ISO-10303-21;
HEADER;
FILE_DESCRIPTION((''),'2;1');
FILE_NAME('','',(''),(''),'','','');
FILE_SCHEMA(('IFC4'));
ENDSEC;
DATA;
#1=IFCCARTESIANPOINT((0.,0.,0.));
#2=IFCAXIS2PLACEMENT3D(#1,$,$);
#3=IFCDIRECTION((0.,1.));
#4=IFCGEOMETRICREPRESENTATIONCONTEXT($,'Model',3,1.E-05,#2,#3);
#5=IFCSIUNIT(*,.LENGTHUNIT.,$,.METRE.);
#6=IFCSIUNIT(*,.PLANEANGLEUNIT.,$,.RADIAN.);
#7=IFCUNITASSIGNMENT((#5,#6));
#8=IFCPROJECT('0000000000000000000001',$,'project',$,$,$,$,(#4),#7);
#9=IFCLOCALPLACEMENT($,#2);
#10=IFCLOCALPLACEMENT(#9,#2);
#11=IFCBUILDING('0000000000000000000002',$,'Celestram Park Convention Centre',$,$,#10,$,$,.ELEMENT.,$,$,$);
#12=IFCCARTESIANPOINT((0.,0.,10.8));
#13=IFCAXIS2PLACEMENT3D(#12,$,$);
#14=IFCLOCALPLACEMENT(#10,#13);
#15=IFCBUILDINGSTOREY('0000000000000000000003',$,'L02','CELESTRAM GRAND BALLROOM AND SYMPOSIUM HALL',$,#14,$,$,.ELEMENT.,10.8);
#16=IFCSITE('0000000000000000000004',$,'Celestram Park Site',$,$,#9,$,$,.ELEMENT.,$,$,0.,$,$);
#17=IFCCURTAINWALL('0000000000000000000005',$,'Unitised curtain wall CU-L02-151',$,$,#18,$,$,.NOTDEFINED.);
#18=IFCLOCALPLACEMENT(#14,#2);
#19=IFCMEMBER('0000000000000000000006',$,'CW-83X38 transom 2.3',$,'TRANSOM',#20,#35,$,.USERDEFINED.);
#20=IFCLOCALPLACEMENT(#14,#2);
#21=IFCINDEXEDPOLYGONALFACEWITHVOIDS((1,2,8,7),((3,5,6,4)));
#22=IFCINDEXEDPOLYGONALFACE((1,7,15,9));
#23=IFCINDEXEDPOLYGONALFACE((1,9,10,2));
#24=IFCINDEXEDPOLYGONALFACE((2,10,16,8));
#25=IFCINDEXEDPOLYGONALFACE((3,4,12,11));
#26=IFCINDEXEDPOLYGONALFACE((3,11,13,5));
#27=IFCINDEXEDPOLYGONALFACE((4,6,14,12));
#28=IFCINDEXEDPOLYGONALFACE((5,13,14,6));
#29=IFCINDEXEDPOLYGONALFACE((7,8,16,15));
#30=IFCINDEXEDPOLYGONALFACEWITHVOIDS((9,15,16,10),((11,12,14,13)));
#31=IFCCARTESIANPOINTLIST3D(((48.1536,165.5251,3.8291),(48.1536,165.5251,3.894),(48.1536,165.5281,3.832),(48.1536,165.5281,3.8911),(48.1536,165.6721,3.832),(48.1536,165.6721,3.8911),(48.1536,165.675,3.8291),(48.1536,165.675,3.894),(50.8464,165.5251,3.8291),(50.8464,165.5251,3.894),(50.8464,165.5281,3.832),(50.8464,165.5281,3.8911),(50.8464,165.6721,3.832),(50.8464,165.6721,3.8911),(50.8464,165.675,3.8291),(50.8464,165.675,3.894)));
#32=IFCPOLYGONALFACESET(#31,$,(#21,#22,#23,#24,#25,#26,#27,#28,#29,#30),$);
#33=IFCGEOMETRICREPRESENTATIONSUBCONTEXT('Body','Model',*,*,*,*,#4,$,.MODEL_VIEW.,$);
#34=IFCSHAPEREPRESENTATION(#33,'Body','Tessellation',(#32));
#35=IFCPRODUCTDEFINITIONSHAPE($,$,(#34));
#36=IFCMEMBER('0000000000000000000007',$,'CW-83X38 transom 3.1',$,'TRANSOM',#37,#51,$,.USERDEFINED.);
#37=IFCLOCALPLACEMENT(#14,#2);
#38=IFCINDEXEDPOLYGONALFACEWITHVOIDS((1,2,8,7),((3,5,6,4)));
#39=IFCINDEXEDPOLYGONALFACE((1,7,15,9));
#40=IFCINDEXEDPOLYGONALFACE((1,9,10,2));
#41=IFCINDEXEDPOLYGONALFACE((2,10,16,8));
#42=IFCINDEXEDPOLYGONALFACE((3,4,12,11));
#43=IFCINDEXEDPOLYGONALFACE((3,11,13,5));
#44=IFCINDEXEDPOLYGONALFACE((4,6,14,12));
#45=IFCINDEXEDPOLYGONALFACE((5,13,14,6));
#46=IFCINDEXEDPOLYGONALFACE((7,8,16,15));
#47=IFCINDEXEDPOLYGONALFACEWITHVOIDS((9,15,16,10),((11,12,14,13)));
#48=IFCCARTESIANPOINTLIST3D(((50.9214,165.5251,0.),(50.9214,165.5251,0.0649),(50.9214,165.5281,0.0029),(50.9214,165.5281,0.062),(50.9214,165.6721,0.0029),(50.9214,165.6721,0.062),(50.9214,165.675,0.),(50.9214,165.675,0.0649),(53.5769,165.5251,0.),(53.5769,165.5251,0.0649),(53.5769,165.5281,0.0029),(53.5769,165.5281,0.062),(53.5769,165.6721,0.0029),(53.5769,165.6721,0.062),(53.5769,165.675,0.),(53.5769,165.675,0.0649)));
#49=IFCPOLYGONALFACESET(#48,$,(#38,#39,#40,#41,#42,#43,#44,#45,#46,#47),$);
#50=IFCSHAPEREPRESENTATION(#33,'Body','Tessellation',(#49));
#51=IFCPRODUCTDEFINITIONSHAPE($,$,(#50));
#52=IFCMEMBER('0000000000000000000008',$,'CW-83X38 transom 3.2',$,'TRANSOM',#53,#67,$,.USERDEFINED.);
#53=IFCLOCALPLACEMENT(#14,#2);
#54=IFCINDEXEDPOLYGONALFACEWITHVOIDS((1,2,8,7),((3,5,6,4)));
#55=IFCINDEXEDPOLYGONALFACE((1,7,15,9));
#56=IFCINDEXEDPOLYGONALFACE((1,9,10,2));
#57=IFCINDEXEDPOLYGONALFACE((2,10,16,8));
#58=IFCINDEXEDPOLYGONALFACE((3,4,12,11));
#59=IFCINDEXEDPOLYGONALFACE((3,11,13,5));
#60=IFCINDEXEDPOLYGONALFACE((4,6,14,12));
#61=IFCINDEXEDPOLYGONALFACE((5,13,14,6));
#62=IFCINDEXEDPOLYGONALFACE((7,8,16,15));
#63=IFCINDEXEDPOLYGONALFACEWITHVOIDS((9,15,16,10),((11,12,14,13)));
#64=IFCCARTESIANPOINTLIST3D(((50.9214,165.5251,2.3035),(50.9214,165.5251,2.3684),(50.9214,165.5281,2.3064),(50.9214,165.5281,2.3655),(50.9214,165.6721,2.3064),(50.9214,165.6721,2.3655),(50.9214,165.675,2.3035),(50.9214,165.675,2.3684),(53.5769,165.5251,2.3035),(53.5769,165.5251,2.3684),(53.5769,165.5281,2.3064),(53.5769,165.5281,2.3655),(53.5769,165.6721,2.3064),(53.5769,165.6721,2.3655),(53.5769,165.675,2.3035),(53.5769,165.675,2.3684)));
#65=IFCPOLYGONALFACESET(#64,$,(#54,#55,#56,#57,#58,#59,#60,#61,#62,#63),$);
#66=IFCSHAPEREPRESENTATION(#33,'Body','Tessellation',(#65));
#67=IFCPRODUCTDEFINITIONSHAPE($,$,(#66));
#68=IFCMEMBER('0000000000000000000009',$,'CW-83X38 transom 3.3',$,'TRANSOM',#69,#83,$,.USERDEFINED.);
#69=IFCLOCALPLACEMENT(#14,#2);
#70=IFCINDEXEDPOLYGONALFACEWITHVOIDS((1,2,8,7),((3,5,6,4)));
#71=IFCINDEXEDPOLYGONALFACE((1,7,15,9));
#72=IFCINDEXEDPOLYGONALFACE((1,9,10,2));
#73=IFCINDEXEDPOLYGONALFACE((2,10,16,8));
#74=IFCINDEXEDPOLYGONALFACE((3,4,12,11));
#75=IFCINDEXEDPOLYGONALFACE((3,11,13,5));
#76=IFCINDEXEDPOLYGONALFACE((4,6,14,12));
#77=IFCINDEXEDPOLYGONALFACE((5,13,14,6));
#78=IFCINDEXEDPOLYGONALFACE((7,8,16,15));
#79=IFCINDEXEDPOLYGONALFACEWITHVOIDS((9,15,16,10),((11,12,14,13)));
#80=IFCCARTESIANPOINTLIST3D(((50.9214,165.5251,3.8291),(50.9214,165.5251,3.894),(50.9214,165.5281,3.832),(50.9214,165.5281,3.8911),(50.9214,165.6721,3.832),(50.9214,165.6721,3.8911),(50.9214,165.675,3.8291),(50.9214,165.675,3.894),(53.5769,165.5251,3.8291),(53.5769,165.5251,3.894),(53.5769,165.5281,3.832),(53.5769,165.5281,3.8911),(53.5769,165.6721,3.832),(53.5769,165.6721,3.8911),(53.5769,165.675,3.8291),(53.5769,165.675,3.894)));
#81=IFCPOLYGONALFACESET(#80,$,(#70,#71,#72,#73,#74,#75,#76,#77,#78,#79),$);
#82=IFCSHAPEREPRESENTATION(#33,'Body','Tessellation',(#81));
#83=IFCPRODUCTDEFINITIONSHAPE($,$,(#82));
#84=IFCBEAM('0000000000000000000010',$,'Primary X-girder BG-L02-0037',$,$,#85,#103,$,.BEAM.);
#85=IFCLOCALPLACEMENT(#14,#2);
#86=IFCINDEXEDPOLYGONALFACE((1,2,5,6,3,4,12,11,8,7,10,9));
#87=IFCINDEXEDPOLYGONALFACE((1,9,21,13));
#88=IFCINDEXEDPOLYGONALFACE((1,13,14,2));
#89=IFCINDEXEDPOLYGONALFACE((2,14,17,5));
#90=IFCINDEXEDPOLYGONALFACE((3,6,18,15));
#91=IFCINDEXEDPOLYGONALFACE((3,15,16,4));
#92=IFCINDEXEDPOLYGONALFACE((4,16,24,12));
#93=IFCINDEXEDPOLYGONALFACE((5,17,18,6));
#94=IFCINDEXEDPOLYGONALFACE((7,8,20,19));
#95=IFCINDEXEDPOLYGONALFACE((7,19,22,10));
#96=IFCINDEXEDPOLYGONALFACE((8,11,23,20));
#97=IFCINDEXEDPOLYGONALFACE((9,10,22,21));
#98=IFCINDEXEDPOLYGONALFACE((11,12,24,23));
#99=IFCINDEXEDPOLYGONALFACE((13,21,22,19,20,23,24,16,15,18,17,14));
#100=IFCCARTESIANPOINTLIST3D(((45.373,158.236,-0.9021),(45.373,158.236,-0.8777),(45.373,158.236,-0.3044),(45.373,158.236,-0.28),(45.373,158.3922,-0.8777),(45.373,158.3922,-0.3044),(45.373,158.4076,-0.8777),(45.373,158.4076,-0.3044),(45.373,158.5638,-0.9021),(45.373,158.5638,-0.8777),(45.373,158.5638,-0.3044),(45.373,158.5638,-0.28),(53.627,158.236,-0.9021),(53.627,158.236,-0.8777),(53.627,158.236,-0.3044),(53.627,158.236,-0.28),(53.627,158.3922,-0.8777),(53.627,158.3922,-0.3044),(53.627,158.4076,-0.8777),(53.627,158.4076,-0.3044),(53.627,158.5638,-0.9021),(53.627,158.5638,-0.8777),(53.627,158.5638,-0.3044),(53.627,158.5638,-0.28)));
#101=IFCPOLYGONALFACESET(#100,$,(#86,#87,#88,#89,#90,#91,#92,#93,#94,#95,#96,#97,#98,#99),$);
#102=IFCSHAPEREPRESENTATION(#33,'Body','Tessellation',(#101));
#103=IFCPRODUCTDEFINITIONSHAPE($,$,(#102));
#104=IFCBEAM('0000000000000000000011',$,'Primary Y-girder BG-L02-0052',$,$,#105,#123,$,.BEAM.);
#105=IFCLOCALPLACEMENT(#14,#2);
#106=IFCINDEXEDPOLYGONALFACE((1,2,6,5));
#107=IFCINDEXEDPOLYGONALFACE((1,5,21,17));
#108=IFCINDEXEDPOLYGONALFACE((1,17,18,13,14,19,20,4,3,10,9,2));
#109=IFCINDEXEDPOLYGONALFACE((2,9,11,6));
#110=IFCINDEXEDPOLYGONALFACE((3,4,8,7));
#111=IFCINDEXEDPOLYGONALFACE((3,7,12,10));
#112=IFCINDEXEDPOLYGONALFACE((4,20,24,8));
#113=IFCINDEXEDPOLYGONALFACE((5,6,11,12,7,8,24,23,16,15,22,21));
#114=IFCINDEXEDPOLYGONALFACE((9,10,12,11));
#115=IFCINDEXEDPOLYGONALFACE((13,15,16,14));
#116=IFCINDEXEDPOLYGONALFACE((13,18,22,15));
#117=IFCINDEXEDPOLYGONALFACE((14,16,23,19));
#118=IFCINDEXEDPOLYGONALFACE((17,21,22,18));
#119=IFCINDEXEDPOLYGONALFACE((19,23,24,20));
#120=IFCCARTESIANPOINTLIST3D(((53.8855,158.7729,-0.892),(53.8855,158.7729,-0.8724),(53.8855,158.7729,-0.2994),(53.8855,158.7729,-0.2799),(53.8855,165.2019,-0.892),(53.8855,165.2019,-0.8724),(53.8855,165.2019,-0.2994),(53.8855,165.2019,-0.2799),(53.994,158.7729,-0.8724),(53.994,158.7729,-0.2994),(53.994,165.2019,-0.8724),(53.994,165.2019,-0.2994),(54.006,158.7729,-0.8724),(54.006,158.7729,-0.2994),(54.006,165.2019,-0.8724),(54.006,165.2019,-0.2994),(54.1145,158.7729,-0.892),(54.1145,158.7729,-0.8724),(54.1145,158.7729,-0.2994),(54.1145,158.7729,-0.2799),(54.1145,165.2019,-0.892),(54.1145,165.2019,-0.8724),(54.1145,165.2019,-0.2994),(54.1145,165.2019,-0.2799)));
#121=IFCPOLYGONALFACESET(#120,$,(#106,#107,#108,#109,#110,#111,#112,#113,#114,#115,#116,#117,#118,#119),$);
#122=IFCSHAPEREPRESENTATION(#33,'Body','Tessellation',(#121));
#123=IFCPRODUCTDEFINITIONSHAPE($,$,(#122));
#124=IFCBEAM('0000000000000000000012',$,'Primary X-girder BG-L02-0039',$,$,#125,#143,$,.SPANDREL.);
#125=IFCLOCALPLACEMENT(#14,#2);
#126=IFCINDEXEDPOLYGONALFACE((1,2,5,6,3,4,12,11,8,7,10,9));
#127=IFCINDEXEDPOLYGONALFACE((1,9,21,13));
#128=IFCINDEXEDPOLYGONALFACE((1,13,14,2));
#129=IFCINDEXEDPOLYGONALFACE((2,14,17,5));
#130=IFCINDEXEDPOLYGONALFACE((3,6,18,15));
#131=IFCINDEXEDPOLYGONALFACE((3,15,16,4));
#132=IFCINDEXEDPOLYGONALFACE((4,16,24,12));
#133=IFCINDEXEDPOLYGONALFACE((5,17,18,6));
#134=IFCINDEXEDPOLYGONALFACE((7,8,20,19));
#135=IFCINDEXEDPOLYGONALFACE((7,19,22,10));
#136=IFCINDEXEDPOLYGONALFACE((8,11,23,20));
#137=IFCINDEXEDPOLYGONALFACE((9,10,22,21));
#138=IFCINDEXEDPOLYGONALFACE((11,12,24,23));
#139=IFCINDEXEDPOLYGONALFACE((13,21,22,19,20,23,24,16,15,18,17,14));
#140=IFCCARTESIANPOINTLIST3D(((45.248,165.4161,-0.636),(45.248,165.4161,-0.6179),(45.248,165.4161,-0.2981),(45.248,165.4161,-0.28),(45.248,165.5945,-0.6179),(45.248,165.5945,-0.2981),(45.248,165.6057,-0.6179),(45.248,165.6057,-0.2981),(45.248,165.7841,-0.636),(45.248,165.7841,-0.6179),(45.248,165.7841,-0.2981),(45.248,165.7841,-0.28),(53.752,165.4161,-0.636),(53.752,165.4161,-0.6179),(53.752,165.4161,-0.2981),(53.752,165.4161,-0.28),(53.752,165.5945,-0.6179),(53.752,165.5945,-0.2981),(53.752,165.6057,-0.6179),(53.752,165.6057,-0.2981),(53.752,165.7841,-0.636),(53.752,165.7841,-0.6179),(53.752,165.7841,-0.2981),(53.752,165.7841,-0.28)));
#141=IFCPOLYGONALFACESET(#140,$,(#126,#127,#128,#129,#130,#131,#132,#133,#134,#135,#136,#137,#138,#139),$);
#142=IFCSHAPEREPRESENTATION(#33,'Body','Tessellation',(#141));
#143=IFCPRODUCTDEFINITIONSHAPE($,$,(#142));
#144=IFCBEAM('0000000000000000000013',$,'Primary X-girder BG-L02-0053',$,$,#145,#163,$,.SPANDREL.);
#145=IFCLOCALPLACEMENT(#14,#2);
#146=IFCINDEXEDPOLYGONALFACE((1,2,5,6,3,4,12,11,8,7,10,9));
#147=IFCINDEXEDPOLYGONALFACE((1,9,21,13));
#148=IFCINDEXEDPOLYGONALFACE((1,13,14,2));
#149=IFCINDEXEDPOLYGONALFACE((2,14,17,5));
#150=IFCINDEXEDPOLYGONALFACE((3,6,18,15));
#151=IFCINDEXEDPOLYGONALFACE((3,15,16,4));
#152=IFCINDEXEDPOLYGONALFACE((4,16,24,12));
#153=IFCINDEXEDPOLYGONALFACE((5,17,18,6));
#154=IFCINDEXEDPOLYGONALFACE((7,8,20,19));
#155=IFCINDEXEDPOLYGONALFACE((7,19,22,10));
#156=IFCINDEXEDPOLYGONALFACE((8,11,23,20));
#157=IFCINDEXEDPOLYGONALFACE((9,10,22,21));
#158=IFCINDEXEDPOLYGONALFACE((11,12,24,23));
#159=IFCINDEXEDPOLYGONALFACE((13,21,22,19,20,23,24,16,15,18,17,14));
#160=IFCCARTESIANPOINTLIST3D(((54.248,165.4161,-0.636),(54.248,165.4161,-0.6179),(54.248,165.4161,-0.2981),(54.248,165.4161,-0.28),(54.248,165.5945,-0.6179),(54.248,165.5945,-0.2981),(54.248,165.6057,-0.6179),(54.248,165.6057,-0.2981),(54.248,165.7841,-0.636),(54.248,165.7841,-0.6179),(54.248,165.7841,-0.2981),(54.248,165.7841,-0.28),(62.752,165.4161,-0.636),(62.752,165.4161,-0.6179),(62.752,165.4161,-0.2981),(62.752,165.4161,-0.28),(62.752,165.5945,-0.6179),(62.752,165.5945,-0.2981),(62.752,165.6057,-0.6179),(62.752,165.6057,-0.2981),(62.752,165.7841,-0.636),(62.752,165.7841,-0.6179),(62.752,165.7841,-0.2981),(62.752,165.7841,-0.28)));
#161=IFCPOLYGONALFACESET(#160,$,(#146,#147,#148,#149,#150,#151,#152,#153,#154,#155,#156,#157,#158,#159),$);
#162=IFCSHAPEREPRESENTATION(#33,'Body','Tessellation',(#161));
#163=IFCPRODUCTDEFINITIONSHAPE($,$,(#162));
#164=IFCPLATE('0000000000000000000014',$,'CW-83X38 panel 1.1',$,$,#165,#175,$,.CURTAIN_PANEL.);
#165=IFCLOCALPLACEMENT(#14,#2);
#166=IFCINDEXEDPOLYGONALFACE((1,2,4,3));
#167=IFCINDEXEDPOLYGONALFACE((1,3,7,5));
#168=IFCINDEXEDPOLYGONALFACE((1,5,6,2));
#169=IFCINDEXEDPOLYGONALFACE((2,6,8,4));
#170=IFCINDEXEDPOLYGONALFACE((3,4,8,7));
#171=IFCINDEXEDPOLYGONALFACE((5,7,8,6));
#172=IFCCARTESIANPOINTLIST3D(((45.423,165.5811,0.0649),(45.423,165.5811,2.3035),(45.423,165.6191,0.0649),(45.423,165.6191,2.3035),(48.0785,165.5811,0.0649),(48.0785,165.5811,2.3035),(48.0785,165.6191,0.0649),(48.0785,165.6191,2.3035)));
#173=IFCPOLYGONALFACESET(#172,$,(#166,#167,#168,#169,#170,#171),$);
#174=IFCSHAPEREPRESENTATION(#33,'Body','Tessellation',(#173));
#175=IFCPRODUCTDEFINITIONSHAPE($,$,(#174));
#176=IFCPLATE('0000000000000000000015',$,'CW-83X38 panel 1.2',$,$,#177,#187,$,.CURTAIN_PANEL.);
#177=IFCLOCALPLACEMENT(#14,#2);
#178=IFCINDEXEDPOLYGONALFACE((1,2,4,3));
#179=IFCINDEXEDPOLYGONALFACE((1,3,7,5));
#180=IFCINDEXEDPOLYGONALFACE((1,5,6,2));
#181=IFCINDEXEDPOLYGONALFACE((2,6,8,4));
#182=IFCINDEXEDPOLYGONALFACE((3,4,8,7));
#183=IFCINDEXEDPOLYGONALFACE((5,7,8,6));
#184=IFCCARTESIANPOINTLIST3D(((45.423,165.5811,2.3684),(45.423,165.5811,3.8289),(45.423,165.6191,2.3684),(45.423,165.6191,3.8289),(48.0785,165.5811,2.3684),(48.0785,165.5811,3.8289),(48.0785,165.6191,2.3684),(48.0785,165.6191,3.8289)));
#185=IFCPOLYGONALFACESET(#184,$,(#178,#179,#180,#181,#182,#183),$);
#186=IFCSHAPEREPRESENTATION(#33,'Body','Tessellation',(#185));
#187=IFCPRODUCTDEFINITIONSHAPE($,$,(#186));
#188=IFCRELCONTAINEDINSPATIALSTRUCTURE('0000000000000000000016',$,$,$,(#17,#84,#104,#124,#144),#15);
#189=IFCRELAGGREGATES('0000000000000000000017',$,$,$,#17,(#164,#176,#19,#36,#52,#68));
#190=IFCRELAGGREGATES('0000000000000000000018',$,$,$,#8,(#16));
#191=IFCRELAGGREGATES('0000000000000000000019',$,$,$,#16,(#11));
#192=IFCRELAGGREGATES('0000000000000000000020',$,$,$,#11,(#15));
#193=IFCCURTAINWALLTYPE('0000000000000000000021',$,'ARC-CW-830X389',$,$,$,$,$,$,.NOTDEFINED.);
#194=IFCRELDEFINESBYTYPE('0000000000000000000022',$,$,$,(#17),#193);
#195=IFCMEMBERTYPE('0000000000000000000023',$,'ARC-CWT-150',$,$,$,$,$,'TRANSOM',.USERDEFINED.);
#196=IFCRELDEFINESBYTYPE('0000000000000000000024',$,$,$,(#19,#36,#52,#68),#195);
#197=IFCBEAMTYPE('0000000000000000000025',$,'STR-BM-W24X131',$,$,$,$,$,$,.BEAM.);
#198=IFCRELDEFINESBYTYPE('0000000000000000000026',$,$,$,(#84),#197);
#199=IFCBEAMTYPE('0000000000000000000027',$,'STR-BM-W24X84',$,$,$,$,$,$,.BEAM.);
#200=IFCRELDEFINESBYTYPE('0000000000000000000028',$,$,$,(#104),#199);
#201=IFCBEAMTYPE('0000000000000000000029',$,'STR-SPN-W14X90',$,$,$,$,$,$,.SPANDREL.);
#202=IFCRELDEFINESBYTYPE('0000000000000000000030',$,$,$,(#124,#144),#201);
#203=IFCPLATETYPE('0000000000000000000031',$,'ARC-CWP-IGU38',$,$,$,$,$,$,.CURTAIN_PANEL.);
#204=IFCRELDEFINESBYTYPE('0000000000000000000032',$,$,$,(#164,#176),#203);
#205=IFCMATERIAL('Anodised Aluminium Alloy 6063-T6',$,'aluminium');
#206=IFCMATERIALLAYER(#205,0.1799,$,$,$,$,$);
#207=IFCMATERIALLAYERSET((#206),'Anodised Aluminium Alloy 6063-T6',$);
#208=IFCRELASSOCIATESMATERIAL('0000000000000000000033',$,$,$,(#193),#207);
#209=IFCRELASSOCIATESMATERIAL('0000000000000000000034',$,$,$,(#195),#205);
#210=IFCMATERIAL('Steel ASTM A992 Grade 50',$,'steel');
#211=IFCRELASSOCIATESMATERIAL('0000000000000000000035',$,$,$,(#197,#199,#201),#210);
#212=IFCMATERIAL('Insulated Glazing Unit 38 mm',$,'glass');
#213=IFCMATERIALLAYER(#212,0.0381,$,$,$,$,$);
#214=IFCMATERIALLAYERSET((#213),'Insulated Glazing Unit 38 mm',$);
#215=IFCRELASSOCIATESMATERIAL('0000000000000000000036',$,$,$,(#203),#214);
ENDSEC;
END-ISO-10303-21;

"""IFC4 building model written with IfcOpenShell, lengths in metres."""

from ifc_helpers import new_model, si_unit, direction, frame, origin, origin_2d, place, context, subcontext, project, spatial, rectangle, hollow_rectangle, i_section, extrude, material, layer, layer_set, material_profile, profile_set, type_object, element, aggregate, save


model = new_model("IFC4")

# Units and contexts
model_context = context("Model", 3, precision=1e-05, world=origin(), true_north=direction((0.0, 1.0)))
body_context = subcontext(model_context, "Body", "Model", "MODEL_VIEW")
ifc_project = project(units=[si_unit("LENGTHUNIT", "METRE"), si_unit("PLANEANGLEUNIT", "RADIAN")], contexts=[model_context])

# Site, building, storey
site_placement = place(None, origin())
site = spatial("IfcSite", under=ifc_project, at=site_placement, Name="Celestram Park Site", CompositionType="ELEMENT", RefElevation=0.0)
building_placement = place(site_placement, origin())
building = spatial("IfcBuilding", under=site, at=building_placement, Name="Celestram Park Convention Centre", CompositionType="ELEMENT")
storey_placement = place(building_placement, frame((0.0, 0.0, 10.8)))
storey = spatial("IfcBuildingStorey", under=building, at=storey_placement, Name="L02", Description="CELESTRAM GRAND BALLROOM AND SYMPOSIUM HALL", CompositionType="ELEMENT", Elevation=10.8)

# Curtain wall, members
ifc_material_1 = material(Name="Anodised Aluminium Alloy 6063-T6", Category="aluminium")
ifc_layer_1 = layer(ifc_material_1, 0.1799)
ifc_layer_set_1 = layer_set([ifc_layer_1], Name="Anodised Aluminium Alloy 6063-T6")
curtain_wall_type = type_object("IfcCurtainWallType", Name="ARC-CW-830X389", PredefinedType="NOTDEFINED", material=ifc_layer_set_1)
curtain_wall_placement = place(storey_placement, origin())
curtain_wall = element("IfcCurtainWall", 1, at=curtain_wall_placement, inside=storey, type_object=curtain_wall_type, Name="Unitised curtain wall CU-L02-151", PredefinedType="NOTDEFINED")
ifc_material_profile_1 = material_profile(ifc_material_1, hollow_rectangle(XDim=0.1499, YDim=0.0649, WallThickness=0.0029, at=origin_2d()), Name="ALU150X65X3")
ifc_profile_set_1 = profile_set([ifc_material_profile_1], Name="Anodised Aluminium Alloy 6063-T6")
member_type_1 = type_object("IfcMemberType", Name="ARC-CWT-150", ElementType="TRANSOM", PredefinedType="USERDEFINED", material=ifc_profile_set_1)
member_1_placement = place(storey_placement, frame((48.1536, 165.6001, 3.8616), z_axis=(1.0, 0.0, 0.0), x_axis=(0.0, 1.0, 0.0)))
member_1 = element("IfcMember", 2, at=member_1_placement, type_object=member_type_1, Name="CW-83X38 transom 2.3", ObjectType="TRANSOM", PredefinedType="USERDEFINED", context=body_context, shape_type="SweptSolid", body=[
    extrude(hollow_rectangle(XDim=0.1499, YDim=0.0649, WallThickness=0.0029, at=origin_2d()), origin(), (0.0, 0.0, 1.0), 2.6929),
])
member_2_placement = place(storey_placement, frame((50.9214, 165.6001, 0.0325), z_axis=(1.0, 0.0, 0.0), x_axis=(0.0, 1.0, 0.0)))
member_2 = element("IfcMember", 3, at=member_2_placement, type_object=member_type_1, Name="CW-83X38 transom 3.1", ObjectType="TRANSOM", PredefinedType="USERDEFINED", context=body_context, shape_type="SweptSolid", body=[
    extrude(hollow_rectangle(XDim=0.1499, YDim=0.0649, WallThickness=0.0029, at=origin_2d()), origin(), (0.0, 0.0, 1.0), 2.6555),
])
member_3_placement = place(storey_placement, frame((50.9214, 165.6001, 2.3359), z_axis=(1.0, 0.0, 0.0), x_axis=(0.0, 1.0, 0.0)))
member_3 = element("IfcMember", 4, at=member_3_placement, type_object=member_type_1, Name="CW-83X38 transom 3.2", ObjectType="TRANSOM", PredefinedType="USERDEFINED", context=body_context, shape_type="SweptSolid", body=[
    extrude(hollow_rectangle(XDim=0.1499, YDim=0.0649, WallThickness=0.0029, at=origin_2d()), origin(), (0.0, 0.0, 1.0), 2.6555),
])
member_4_placement = place(storey_placement, frame((50.9214, 165.6001, 3.8616), z_axis=(1.0, 0.0, 0.0), x_axis=(0.0, 1.0, 0.0)))
member_4 = element("IfcMember", 5, at=member_4_placement, type_object=member_type_1, Name="CW-83X38 transom 3.3", ObjectType="TRANSOM", PredefinedType="USERDEFINED", context=body_context, shape_type="SweptSolid", body=[
    extrude(hollow_rectangle(XDim=0.1499, YDim=0.0649, WallThickness=0.0029, at=origin_2d()), origin(), (0.0, 0.0, 1.0), 2.6555),
])

# Beams
ifc_material_2 = material(Name="Steel ASTM A992 Grade 50", Category="steel")
ifc_material_profile_2 = material_profile(ifc_material_2, i_section(OverallWidth=0.3279, OverallDepth=0.6221, WebThickness=0.0154, FlangeThickness=0.0244, at=origin_2d()), Name="W24X131")
ifc_profile_set_2 = profile_set([ifc_material_profile_2], Name="Steel ASTM A992 Grade 50")
beam_type_1 = type_object("IfcBeamType", Name="STR-BM-W24X131", PredefinedType="BEAM", material=ifc_profile_set_2)
beam_1_placement = place(storey_placement, frame((45.373, 158.3999, -0.5911), z_axis=(1.0, 0.0, 0.0), x_axis=(0.0, 1.0, 0.0)))
element("IfcBeam", 6, at=beam_1_placement, inside=storey, type_object=beam_type_1, Name="Primary X-girder BG-L02-0037", PredefinedType="BEAM", context=body_context, shape_type="SweptSolid", body=[
    extrude(i_section(OverallWidth=0.3279, OverallDepth=0.6221, WebThickness=0.0154, FlangeThickness=0.0244, at=origin_2d()), origin(), (0.0, 0.0, 1.0), 8.2539),
])
ifc_material_profile_3 = material_profile(ifc_material_2, i_section(OverallWidth=0.229, OverallDepth=0.6121, WebThickness=0.012, FlangeThickness=0.0195, at=origin_2d()), Name="W24X84")
ifc_profile_set_3 = profile_set([ifc_material_profile_3], Name="Steel ASTM A992 Grade 50")
beam_type_2 = type_object("IfcBeamType", Name="STR-BM-W24X84", PredefinedType="BEAM", material=ifc_profile_set_3)
beam_2_placement = place(storey_placement, frame((54.0, 158.7729, -0.5859), z_axis=(0.0, 1.0, 0.0), x_axis=(-1.0, 0.0, 0.0)))
element("IfcBeam", 7, at=beam_2_placement, inside=storey, type_object=beam_type_2, Name="Primary Y-girder BG-L02-0052", PredefinedType="BEAM", context=body_context, shape_type="SweptSolid", body=[
    extrude(i_section(OverallWidth=0.229, OverallDepth=0.6121, WebThickness=0.012, FlangeThickness=0.0195, at=origin_2d()), origin(), (0.0, 0.0, 1.0), 6.429),
])
ifc_material_profile_4 = material_profile(ifc_material_2, i_section(OverallWidth=0.3679, OverallDepth=0.356, WebThickness=0.0112, FlangeThickness=0.0181, at=origin_2d()), Name="W14X90")
ifc_profile_set_4 = profile_set([ifc_material_profile_4], Name="Steel ASTM A992 Grade 50")
beam_type_3 = type_object("IfcBeamType", Name="STR-SPN-W14X90", PredefinedType="SPANDREL", material=ifc_profile_set_4)
for number, where, z_axis, x_axis, name in (
    (8, (45.248, 165.6001, -0.458), (1.0, 0.0, 0.0), (0.0, 1.0, 0.0), "Primary X-girder BG-L02-0039"),
    (9, (54.248, 165.6001, -0.458), (1.0, 0.0, 0.0), (0.0, 1.0, 0.0), "Primary X-girder BG-L02-0053"),
):
    element("IfcBeam", number, at=place(storey_placement, frame(where, z_axis=z_axis, x_axis=x_axis)), inside=storey, type_object=beam_type_3, Name=name, PredefinedType="SPANDREL", context=body_context, shape_type="SweptSolid", body=[
        extrude(i_section(OverallWidth=0.3679, OverallDepth=0.356, WebThickness=0.0112, FlangeThickness=0.0181, at=origin_2d()), origin(), (0.0, 0.0, 1.0), 8.5039),
    ])

# Plates
ifc_material_3 = material(Name="Insulated Glazing Unit 38 mm", Category="glass")
ifc_layer_2 = layer(ifc_material_3, 0.0381)
ifc_layer_set_2 = layer_set([ifc_layer_2], Name="Insulated Glazing Unit 38 mm")
plate_type = type_object("IfcPlateType", Name="ARC-CWP-IGU38", PredefinedType="CURTAIN_PANEL", material=ifc_layer_set_2)
plate_1_placement = place(storey_placement, frame((46.7507, 165.6001, 0.0649), z_axis=(0.0, 0.0, 1.0), x_axis=(1.0, 0.0, 0.0)))
plate_1 = element("IfcPlate", 10, at=plate_1_placement, type_object=plate_type, Name="CW-83X38 panel 1.1", PredefinedType="CURTAIN_PANEL", context=body_context, shape_type="SweptSolid", body=[
    extrude(rectangle(XDim=2.6555, YDim=0.0381, at=origin_2d()), origin(), (0.0, 0.0, 1.0), 2.2385),
])
plate_2_placement = place(storey_placement, frame((46.7507, 165.6001, 2.3684), z_axis=(0.0, 0.0, 1.0), x_axis=(1.0, 0.0, 0.0)))
plate_2 = element("IfcPlate", 11, at=plate_2_placement, type_object=plate_type, Name="CW-83X38 panel 1.2", PredefinedType="CURTAIN_PANEL", context=body_context, shape_type="SweptSolid", body=[
    extrude(rectangle(XDim=2.6555, YDim=0.0381, at=origin_2d()), origin(), (0.0, 0.0, 1.0), 1.4604),
])
aggregate(curtain_wall, [plate_1, plate_2, member_1, member_2, member_3, member_4])

save(model, "model.ifc")
